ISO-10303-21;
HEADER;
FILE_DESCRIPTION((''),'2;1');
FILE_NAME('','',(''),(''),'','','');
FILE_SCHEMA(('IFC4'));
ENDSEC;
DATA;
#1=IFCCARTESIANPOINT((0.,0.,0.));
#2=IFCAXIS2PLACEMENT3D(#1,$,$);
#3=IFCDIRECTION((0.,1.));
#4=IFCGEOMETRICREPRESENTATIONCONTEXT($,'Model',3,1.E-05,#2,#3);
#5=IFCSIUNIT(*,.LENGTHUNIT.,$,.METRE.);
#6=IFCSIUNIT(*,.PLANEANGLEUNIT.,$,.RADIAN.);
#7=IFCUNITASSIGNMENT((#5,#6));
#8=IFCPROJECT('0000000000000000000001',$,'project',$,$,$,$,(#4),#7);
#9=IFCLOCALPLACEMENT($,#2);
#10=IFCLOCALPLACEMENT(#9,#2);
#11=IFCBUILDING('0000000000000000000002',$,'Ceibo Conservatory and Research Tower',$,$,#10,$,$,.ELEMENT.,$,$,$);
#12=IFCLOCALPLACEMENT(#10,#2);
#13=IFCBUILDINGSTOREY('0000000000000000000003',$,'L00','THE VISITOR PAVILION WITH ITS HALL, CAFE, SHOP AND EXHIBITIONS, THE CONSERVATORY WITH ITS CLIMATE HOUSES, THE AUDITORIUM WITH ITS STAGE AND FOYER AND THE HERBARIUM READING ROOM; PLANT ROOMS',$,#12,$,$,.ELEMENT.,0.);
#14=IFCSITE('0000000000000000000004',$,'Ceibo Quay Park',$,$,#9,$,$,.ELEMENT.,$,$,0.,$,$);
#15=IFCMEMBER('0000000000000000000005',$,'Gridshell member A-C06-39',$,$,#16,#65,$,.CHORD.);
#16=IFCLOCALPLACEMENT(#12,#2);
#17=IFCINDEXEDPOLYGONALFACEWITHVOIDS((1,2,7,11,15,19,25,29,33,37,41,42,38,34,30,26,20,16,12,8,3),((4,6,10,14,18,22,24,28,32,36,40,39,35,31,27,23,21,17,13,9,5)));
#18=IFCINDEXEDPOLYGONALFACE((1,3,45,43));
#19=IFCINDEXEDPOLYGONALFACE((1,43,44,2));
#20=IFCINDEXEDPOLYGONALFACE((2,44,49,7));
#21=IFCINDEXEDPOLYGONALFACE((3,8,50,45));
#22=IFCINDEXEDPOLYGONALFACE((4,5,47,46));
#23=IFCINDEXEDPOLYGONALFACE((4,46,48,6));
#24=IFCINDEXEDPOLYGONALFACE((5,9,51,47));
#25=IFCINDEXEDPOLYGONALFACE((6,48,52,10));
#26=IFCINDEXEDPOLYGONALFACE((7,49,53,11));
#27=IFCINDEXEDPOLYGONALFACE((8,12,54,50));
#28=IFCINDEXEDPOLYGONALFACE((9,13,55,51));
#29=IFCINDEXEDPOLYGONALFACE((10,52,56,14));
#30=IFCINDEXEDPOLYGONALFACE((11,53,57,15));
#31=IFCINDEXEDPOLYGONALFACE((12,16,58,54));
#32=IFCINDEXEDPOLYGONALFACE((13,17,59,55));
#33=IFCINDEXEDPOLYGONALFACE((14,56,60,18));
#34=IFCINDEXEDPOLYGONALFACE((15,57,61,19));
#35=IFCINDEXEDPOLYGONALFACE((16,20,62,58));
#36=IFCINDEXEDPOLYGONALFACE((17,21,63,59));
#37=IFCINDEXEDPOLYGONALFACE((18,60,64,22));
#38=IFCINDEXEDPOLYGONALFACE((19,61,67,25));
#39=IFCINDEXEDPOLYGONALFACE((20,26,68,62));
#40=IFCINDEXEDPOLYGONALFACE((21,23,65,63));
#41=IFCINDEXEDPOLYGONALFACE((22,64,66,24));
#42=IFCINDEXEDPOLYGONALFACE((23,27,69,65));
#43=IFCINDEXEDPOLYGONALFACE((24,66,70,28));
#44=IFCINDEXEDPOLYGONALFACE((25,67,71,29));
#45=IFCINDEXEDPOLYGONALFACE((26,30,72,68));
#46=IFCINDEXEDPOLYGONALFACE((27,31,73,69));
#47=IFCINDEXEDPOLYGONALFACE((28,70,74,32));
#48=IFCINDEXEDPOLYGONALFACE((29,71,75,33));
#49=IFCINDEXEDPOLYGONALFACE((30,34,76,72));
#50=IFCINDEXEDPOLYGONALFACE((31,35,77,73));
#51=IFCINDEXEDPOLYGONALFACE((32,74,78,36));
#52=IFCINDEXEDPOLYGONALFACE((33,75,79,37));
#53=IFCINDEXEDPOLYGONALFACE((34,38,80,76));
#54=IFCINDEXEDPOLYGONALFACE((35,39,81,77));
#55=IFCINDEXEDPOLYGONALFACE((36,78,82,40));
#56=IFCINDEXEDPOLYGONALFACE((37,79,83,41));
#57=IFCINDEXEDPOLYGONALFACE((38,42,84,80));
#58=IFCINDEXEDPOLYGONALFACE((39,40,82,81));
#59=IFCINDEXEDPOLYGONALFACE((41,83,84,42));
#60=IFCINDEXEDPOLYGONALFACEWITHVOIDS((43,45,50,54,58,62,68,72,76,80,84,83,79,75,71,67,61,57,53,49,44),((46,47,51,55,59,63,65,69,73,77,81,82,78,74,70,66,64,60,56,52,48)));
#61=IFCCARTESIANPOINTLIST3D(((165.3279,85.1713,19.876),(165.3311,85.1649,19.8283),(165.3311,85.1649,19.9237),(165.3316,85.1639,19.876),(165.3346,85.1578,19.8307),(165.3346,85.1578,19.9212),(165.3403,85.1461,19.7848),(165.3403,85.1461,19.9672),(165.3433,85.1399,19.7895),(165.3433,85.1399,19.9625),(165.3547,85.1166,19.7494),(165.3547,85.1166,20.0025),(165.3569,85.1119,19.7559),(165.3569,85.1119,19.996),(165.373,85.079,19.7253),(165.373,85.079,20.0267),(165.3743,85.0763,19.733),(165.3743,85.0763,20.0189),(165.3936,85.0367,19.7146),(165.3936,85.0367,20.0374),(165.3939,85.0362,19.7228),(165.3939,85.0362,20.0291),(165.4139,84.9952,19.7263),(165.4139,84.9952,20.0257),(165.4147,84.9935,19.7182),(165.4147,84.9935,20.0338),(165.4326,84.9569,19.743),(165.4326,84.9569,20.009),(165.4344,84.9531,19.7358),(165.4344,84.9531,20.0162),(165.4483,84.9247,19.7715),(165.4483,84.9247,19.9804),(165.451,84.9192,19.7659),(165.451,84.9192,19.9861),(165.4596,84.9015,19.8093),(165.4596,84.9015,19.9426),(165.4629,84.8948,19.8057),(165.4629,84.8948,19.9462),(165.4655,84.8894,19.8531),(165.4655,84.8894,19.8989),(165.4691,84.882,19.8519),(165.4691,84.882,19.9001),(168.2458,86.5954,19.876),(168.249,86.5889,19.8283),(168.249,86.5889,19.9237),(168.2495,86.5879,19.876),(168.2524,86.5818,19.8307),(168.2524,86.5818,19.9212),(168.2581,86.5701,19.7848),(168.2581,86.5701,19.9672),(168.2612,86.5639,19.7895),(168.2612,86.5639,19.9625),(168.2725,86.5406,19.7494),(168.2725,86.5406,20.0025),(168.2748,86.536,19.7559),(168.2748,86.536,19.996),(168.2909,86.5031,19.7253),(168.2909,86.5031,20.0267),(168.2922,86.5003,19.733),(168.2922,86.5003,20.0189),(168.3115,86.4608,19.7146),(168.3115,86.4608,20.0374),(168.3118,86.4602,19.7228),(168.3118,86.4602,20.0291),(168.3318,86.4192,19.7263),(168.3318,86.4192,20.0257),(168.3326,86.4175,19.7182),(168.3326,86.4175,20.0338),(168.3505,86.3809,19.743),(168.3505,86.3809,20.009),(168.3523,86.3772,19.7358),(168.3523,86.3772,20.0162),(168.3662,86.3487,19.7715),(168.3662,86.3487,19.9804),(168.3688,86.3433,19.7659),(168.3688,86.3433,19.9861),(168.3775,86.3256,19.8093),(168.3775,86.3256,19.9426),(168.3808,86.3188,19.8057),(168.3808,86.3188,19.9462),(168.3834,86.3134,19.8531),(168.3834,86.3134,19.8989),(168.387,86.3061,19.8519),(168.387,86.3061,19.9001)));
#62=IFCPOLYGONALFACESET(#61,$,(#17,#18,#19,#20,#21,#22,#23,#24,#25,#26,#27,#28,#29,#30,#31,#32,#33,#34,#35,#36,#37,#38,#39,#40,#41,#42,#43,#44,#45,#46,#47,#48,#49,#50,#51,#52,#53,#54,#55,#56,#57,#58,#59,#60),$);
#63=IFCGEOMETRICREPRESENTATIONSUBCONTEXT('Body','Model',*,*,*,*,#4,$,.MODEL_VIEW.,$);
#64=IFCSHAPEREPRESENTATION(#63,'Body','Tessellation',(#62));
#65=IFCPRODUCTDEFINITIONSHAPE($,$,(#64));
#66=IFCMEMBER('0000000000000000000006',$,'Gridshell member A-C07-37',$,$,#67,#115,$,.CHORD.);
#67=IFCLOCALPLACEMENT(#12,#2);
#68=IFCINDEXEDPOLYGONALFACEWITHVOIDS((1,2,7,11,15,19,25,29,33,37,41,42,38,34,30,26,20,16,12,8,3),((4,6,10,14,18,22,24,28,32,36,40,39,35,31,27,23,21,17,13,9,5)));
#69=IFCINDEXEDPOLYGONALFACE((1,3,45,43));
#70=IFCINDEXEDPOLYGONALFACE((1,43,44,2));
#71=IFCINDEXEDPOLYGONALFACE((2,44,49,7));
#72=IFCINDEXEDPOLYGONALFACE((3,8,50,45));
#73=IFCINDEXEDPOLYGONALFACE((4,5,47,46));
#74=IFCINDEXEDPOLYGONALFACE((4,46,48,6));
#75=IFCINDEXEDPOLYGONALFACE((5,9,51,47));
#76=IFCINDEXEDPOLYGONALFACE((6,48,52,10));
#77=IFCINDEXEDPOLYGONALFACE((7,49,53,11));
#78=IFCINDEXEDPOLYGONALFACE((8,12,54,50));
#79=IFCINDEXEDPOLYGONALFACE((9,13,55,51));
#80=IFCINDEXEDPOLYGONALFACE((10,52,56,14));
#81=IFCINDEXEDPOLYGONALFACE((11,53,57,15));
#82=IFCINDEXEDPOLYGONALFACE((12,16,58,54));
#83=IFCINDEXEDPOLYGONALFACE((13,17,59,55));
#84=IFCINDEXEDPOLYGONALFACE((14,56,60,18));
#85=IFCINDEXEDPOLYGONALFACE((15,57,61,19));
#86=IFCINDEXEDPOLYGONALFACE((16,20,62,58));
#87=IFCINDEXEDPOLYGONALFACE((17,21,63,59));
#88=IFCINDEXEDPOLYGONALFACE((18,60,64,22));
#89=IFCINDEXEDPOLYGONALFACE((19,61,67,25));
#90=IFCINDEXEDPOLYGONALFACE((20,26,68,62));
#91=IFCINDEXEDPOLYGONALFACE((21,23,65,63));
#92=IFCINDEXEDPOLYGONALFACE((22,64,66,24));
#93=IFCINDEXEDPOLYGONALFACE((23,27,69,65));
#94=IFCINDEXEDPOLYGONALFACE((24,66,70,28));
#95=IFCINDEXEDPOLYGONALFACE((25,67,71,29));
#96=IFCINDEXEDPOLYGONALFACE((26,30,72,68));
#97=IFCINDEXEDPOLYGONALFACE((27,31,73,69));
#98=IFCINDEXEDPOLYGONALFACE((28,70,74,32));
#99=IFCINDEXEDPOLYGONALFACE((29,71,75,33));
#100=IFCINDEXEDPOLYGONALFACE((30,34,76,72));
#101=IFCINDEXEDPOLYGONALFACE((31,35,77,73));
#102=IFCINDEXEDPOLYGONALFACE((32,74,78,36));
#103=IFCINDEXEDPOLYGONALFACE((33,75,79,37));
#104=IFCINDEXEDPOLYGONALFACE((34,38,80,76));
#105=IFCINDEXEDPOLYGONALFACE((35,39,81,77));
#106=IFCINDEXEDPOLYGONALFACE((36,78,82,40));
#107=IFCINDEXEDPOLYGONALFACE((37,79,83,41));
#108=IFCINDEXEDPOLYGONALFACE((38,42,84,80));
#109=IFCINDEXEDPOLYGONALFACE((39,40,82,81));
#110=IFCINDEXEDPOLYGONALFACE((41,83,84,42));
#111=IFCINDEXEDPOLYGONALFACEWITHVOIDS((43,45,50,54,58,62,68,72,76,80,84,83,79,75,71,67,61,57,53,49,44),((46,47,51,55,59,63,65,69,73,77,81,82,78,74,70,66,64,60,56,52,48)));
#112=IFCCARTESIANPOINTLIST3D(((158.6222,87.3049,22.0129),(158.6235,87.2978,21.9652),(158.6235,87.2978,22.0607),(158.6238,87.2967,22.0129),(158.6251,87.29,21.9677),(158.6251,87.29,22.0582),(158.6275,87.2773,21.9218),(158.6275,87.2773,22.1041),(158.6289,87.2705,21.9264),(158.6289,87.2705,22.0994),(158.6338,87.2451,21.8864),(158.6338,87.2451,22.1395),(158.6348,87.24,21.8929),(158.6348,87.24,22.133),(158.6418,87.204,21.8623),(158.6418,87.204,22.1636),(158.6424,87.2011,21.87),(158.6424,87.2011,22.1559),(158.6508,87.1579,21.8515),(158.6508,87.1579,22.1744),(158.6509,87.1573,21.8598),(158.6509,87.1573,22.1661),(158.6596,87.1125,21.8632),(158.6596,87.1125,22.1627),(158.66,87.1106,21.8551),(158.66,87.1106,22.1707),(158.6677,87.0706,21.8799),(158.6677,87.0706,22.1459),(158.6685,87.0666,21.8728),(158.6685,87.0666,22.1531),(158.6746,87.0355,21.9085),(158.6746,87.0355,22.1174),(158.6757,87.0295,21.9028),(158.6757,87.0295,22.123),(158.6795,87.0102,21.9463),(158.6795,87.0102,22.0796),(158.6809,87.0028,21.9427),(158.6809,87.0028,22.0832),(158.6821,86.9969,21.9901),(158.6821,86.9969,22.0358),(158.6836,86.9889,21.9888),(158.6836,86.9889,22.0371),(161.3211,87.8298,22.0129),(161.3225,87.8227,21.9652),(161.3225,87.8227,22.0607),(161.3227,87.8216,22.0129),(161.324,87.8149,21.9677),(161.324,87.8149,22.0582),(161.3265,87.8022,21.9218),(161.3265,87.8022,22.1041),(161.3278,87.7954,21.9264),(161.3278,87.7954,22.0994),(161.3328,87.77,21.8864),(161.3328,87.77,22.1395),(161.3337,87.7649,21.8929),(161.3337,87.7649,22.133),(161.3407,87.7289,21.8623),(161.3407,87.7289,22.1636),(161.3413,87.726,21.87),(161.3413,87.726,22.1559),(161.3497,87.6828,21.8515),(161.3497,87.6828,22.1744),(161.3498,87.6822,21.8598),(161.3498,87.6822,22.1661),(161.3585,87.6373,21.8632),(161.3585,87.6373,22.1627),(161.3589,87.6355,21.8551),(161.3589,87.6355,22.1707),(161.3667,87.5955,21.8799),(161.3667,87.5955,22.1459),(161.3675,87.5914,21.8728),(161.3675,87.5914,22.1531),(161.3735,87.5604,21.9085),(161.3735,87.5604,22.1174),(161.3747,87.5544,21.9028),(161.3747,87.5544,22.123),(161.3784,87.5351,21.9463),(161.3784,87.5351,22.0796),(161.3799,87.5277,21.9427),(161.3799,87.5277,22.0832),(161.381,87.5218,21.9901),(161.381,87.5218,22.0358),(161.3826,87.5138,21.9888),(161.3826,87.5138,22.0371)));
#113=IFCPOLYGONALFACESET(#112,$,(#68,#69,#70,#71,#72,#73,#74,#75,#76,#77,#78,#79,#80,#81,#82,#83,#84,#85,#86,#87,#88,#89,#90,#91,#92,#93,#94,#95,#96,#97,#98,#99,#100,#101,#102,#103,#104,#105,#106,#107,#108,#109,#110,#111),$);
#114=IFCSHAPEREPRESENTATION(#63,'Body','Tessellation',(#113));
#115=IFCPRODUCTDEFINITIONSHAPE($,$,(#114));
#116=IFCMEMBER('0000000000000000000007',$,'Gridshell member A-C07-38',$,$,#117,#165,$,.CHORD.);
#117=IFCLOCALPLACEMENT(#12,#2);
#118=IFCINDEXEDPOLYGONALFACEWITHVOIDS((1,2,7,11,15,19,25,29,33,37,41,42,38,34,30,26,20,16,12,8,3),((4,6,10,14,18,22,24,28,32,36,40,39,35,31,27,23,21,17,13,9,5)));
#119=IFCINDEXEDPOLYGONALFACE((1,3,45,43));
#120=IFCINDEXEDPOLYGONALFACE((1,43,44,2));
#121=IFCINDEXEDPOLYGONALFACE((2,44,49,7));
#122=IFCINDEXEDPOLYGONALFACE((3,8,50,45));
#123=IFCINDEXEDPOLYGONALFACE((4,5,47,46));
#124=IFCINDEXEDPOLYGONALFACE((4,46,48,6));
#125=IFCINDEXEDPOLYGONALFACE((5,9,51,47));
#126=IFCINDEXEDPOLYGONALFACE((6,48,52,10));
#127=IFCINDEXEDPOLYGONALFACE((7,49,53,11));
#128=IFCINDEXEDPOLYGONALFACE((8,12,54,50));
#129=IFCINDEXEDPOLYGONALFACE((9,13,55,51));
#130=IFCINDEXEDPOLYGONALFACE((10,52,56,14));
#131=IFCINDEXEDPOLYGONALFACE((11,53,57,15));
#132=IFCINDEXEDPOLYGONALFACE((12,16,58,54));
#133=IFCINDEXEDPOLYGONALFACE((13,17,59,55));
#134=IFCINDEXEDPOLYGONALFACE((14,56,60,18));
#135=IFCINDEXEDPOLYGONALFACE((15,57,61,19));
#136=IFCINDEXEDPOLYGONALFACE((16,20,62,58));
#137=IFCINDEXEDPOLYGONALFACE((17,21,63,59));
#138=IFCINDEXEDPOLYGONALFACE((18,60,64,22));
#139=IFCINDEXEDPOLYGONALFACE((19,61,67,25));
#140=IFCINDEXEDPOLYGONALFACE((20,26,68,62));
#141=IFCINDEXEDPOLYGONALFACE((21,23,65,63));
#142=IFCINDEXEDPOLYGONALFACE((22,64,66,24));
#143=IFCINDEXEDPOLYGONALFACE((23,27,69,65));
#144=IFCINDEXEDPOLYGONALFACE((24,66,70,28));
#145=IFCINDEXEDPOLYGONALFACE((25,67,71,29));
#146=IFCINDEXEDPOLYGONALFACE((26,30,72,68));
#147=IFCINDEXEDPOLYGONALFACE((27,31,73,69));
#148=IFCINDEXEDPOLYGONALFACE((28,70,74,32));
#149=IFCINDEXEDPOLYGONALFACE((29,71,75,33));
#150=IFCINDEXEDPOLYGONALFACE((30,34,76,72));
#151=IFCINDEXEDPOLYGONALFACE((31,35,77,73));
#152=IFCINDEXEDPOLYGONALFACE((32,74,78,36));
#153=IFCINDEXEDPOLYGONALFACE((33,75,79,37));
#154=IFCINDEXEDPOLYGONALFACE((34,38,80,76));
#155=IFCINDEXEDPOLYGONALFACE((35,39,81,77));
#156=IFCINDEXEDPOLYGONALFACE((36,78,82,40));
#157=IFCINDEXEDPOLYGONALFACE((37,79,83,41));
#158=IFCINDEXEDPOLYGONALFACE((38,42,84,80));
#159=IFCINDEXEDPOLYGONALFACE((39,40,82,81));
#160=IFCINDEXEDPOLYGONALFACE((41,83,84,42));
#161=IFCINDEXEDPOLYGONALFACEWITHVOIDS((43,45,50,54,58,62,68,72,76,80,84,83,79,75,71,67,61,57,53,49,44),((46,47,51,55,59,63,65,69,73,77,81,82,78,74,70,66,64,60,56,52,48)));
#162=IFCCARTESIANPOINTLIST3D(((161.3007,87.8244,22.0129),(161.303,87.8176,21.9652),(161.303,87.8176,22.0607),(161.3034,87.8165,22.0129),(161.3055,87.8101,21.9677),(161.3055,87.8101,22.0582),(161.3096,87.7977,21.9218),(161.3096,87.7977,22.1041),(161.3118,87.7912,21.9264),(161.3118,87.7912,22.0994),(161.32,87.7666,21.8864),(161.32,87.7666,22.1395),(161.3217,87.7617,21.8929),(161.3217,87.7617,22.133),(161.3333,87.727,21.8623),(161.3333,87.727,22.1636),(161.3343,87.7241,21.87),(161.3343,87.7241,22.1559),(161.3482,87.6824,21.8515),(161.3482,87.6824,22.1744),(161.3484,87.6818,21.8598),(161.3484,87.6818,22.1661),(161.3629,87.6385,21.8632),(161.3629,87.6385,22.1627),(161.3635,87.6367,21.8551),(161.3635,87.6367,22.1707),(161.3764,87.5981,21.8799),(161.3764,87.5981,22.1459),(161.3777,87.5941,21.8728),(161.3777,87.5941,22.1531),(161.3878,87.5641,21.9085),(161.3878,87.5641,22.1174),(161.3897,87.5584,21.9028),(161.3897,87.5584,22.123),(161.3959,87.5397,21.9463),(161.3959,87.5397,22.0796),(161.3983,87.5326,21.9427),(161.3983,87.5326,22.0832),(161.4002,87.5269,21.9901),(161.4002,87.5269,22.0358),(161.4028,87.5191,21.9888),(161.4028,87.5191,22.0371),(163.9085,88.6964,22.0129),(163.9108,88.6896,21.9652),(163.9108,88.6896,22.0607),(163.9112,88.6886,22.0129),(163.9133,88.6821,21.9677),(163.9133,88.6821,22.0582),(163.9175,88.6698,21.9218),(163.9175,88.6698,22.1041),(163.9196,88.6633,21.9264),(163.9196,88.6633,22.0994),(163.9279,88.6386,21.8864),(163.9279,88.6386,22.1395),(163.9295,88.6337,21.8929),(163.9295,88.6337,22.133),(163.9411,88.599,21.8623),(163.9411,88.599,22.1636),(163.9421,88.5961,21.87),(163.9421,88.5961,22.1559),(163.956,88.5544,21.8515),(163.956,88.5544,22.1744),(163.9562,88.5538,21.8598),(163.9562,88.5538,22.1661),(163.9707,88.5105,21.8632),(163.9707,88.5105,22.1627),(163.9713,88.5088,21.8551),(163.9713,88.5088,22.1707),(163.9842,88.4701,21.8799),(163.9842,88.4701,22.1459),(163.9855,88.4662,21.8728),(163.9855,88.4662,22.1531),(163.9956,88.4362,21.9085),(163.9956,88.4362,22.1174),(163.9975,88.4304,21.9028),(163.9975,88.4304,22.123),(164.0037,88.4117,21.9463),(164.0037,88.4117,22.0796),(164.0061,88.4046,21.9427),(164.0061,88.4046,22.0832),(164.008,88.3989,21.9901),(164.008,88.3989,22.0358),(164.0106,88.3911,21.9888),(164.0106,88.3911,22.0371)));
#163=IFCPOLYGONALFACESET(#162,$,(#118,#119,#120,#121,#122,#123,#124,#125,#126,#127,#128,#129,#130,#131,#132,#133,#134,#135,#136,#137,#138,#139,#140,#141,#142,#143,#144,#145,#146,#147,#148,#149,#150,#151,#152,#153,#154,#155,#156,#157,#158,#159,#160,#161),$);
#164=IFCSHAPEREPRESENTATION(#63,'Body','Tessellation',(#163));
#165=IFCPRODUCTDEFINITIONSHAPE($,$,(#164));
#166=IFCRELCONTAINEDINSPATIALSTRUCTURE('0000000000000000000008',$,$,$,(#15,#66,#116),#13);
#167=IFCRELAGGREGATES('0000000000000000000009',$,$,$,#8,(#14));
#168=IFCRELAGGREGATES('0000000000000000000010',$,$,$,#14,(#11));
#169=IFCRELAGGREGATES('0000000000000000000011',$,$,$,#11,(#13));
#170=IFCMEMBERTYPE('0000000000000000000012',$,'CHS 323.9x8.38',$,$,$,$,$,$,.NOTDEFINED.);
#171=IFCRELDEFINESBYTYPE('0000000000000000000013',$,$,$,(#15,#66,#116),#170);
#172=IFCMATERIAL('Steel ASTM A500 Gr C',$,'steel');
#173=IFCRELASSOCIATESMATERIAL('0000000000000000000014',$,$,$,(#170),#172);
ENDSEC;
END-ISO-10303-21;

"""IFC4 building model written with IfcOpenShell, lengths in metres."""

from ifc_helpers import new_model, si_unit, direction, frame, origin, origin_2d, place, context, subcontext, project, spatial, hollow_circle, extrude, material, material_profile, profile_set, type_object, element, save


model = new_model("IFC4")

# Units and contexts
model_context = context("Model", 3, precision=1e-05, world=origin(), true_north=direction((0.0, 1.0)))
body_context = subcontext(model_context, "Body", "Model", "MODEL_VIEW")
ifc_project = project(units=[si_unit("LENGTHUNIT", "METRE"), si_unit("PLANEANGLEUNIT", "RADIAN")], contexts=[model_context])

# Site, building, storey
site_placement = place(None, origin())
site = spatial("IfcSite", under=ifc_project, at=site_placement, Name="Ceibo Quay Park", CompositionType="ELEMENT", RefElevation=0.0)
building_placement = place(site_placement, origin())
building = spatial("IfcBuilding", under=site, at=building_placement, Name="Ceibo Conservatory and Research Tower", CompositionType="ELEMENT")
storey_placement = place(building_placement, origin())
storey = spatial("IfcBuildingStorey", under=building, at=storey_placement, Name="L00", Description="THE VISITOR PAVILION WITH ITS HALL, CAFE, SHOP AND EXHIBITIONS, THE CONSERVATORY WITH ITS CLIMATE HOUSES, THE AUDITORIUM WITH ITS STAGE AND FOYER AND THE HERBARIUM READING ROOM; PLANT ROOMS", CompositionType="ELEMENT", Elevation=0.0)

# Members
ifc_material_1 = material(Name="Steel ASTM A500 Gr C", Category="steel")
ifc_material_profile_1 = material_profile(ifc_material_1, hollow_circle(Radius=0.1619, WallThickness=0.0083, at=origin_2d()), Name="CHS 323.9x8.38")
ifc_profile_set_1 = profile_set([ifc_material_profile_1], Name="Steel ASTM A500 Gr C")
member_type_1 = type_object("IfcMemberType", Name="CHS 323.9x8.38", PredefinedType="NOTDEFINED", material=ifc_profile_set_1)
member_1_placement = place(storey_placement, frame((165.3989, 85.0259, 19.876), z_axis=(0.898687, 0.438591, 0.0), x_axis=(-0.438591, 0.898687, 0.0)))
element("IfcMember", 1, at=member_1_placement, inside=storey, type_object=member_type_1, Name="Gridshell member A-C06-39", PredefinedType="CHORD", context=body_context, shape_type="SweptSolid", body=[
    extrude(hollow_circle(Radius=0.1619, WallThickness=0.0083, at=origin_2d()), origin(), (0.0, 0.0, 1.0), 3.2468),
])
member_2_placement = place(storey_placement, frame((158.6531, 87.146, 22.0129), z_axis=(0.981608, 0.190905, 0.0), x_axis=(-0.190905, 0.981608, 0.0)))
element("IfcMember", 2, at=member_2_placement, inside=storey, type_object=member_type_1, Name="Gridshell member A-C07-37", PredefinedType="CHORD", context=body_context, shape_type="SweptSolid", body=[
    extrude(hollow_circle(Radius=0.1619, WallThickness=0.0083, at=origin_2d()), origin(), (0.0, 0.0, 1.0), 2.7495),
])
member_3_placement = place(storey_placement, frame((161.3521, 87.6709, 22.0129), z_axis=(0.948381, 0.317133, 0.0), x_axis=(-0.317133, 0.948381, 0.0)))
element("IfcMember", 3, at=member_3_placement, inside=storey, type_object=member_type_1, Name="Gridshell member A-C07-38", PredefinedType="CHORD", context=body_context, shape_type="SweptSolid", body=[
    extrude(hollow_circle(Radius=0.1619, WallThickness=0.0083, at=origin_2d()), origin(), (0.0, 0.0, 1.0), 2.7498),
])

save(model, "model.ifc")
